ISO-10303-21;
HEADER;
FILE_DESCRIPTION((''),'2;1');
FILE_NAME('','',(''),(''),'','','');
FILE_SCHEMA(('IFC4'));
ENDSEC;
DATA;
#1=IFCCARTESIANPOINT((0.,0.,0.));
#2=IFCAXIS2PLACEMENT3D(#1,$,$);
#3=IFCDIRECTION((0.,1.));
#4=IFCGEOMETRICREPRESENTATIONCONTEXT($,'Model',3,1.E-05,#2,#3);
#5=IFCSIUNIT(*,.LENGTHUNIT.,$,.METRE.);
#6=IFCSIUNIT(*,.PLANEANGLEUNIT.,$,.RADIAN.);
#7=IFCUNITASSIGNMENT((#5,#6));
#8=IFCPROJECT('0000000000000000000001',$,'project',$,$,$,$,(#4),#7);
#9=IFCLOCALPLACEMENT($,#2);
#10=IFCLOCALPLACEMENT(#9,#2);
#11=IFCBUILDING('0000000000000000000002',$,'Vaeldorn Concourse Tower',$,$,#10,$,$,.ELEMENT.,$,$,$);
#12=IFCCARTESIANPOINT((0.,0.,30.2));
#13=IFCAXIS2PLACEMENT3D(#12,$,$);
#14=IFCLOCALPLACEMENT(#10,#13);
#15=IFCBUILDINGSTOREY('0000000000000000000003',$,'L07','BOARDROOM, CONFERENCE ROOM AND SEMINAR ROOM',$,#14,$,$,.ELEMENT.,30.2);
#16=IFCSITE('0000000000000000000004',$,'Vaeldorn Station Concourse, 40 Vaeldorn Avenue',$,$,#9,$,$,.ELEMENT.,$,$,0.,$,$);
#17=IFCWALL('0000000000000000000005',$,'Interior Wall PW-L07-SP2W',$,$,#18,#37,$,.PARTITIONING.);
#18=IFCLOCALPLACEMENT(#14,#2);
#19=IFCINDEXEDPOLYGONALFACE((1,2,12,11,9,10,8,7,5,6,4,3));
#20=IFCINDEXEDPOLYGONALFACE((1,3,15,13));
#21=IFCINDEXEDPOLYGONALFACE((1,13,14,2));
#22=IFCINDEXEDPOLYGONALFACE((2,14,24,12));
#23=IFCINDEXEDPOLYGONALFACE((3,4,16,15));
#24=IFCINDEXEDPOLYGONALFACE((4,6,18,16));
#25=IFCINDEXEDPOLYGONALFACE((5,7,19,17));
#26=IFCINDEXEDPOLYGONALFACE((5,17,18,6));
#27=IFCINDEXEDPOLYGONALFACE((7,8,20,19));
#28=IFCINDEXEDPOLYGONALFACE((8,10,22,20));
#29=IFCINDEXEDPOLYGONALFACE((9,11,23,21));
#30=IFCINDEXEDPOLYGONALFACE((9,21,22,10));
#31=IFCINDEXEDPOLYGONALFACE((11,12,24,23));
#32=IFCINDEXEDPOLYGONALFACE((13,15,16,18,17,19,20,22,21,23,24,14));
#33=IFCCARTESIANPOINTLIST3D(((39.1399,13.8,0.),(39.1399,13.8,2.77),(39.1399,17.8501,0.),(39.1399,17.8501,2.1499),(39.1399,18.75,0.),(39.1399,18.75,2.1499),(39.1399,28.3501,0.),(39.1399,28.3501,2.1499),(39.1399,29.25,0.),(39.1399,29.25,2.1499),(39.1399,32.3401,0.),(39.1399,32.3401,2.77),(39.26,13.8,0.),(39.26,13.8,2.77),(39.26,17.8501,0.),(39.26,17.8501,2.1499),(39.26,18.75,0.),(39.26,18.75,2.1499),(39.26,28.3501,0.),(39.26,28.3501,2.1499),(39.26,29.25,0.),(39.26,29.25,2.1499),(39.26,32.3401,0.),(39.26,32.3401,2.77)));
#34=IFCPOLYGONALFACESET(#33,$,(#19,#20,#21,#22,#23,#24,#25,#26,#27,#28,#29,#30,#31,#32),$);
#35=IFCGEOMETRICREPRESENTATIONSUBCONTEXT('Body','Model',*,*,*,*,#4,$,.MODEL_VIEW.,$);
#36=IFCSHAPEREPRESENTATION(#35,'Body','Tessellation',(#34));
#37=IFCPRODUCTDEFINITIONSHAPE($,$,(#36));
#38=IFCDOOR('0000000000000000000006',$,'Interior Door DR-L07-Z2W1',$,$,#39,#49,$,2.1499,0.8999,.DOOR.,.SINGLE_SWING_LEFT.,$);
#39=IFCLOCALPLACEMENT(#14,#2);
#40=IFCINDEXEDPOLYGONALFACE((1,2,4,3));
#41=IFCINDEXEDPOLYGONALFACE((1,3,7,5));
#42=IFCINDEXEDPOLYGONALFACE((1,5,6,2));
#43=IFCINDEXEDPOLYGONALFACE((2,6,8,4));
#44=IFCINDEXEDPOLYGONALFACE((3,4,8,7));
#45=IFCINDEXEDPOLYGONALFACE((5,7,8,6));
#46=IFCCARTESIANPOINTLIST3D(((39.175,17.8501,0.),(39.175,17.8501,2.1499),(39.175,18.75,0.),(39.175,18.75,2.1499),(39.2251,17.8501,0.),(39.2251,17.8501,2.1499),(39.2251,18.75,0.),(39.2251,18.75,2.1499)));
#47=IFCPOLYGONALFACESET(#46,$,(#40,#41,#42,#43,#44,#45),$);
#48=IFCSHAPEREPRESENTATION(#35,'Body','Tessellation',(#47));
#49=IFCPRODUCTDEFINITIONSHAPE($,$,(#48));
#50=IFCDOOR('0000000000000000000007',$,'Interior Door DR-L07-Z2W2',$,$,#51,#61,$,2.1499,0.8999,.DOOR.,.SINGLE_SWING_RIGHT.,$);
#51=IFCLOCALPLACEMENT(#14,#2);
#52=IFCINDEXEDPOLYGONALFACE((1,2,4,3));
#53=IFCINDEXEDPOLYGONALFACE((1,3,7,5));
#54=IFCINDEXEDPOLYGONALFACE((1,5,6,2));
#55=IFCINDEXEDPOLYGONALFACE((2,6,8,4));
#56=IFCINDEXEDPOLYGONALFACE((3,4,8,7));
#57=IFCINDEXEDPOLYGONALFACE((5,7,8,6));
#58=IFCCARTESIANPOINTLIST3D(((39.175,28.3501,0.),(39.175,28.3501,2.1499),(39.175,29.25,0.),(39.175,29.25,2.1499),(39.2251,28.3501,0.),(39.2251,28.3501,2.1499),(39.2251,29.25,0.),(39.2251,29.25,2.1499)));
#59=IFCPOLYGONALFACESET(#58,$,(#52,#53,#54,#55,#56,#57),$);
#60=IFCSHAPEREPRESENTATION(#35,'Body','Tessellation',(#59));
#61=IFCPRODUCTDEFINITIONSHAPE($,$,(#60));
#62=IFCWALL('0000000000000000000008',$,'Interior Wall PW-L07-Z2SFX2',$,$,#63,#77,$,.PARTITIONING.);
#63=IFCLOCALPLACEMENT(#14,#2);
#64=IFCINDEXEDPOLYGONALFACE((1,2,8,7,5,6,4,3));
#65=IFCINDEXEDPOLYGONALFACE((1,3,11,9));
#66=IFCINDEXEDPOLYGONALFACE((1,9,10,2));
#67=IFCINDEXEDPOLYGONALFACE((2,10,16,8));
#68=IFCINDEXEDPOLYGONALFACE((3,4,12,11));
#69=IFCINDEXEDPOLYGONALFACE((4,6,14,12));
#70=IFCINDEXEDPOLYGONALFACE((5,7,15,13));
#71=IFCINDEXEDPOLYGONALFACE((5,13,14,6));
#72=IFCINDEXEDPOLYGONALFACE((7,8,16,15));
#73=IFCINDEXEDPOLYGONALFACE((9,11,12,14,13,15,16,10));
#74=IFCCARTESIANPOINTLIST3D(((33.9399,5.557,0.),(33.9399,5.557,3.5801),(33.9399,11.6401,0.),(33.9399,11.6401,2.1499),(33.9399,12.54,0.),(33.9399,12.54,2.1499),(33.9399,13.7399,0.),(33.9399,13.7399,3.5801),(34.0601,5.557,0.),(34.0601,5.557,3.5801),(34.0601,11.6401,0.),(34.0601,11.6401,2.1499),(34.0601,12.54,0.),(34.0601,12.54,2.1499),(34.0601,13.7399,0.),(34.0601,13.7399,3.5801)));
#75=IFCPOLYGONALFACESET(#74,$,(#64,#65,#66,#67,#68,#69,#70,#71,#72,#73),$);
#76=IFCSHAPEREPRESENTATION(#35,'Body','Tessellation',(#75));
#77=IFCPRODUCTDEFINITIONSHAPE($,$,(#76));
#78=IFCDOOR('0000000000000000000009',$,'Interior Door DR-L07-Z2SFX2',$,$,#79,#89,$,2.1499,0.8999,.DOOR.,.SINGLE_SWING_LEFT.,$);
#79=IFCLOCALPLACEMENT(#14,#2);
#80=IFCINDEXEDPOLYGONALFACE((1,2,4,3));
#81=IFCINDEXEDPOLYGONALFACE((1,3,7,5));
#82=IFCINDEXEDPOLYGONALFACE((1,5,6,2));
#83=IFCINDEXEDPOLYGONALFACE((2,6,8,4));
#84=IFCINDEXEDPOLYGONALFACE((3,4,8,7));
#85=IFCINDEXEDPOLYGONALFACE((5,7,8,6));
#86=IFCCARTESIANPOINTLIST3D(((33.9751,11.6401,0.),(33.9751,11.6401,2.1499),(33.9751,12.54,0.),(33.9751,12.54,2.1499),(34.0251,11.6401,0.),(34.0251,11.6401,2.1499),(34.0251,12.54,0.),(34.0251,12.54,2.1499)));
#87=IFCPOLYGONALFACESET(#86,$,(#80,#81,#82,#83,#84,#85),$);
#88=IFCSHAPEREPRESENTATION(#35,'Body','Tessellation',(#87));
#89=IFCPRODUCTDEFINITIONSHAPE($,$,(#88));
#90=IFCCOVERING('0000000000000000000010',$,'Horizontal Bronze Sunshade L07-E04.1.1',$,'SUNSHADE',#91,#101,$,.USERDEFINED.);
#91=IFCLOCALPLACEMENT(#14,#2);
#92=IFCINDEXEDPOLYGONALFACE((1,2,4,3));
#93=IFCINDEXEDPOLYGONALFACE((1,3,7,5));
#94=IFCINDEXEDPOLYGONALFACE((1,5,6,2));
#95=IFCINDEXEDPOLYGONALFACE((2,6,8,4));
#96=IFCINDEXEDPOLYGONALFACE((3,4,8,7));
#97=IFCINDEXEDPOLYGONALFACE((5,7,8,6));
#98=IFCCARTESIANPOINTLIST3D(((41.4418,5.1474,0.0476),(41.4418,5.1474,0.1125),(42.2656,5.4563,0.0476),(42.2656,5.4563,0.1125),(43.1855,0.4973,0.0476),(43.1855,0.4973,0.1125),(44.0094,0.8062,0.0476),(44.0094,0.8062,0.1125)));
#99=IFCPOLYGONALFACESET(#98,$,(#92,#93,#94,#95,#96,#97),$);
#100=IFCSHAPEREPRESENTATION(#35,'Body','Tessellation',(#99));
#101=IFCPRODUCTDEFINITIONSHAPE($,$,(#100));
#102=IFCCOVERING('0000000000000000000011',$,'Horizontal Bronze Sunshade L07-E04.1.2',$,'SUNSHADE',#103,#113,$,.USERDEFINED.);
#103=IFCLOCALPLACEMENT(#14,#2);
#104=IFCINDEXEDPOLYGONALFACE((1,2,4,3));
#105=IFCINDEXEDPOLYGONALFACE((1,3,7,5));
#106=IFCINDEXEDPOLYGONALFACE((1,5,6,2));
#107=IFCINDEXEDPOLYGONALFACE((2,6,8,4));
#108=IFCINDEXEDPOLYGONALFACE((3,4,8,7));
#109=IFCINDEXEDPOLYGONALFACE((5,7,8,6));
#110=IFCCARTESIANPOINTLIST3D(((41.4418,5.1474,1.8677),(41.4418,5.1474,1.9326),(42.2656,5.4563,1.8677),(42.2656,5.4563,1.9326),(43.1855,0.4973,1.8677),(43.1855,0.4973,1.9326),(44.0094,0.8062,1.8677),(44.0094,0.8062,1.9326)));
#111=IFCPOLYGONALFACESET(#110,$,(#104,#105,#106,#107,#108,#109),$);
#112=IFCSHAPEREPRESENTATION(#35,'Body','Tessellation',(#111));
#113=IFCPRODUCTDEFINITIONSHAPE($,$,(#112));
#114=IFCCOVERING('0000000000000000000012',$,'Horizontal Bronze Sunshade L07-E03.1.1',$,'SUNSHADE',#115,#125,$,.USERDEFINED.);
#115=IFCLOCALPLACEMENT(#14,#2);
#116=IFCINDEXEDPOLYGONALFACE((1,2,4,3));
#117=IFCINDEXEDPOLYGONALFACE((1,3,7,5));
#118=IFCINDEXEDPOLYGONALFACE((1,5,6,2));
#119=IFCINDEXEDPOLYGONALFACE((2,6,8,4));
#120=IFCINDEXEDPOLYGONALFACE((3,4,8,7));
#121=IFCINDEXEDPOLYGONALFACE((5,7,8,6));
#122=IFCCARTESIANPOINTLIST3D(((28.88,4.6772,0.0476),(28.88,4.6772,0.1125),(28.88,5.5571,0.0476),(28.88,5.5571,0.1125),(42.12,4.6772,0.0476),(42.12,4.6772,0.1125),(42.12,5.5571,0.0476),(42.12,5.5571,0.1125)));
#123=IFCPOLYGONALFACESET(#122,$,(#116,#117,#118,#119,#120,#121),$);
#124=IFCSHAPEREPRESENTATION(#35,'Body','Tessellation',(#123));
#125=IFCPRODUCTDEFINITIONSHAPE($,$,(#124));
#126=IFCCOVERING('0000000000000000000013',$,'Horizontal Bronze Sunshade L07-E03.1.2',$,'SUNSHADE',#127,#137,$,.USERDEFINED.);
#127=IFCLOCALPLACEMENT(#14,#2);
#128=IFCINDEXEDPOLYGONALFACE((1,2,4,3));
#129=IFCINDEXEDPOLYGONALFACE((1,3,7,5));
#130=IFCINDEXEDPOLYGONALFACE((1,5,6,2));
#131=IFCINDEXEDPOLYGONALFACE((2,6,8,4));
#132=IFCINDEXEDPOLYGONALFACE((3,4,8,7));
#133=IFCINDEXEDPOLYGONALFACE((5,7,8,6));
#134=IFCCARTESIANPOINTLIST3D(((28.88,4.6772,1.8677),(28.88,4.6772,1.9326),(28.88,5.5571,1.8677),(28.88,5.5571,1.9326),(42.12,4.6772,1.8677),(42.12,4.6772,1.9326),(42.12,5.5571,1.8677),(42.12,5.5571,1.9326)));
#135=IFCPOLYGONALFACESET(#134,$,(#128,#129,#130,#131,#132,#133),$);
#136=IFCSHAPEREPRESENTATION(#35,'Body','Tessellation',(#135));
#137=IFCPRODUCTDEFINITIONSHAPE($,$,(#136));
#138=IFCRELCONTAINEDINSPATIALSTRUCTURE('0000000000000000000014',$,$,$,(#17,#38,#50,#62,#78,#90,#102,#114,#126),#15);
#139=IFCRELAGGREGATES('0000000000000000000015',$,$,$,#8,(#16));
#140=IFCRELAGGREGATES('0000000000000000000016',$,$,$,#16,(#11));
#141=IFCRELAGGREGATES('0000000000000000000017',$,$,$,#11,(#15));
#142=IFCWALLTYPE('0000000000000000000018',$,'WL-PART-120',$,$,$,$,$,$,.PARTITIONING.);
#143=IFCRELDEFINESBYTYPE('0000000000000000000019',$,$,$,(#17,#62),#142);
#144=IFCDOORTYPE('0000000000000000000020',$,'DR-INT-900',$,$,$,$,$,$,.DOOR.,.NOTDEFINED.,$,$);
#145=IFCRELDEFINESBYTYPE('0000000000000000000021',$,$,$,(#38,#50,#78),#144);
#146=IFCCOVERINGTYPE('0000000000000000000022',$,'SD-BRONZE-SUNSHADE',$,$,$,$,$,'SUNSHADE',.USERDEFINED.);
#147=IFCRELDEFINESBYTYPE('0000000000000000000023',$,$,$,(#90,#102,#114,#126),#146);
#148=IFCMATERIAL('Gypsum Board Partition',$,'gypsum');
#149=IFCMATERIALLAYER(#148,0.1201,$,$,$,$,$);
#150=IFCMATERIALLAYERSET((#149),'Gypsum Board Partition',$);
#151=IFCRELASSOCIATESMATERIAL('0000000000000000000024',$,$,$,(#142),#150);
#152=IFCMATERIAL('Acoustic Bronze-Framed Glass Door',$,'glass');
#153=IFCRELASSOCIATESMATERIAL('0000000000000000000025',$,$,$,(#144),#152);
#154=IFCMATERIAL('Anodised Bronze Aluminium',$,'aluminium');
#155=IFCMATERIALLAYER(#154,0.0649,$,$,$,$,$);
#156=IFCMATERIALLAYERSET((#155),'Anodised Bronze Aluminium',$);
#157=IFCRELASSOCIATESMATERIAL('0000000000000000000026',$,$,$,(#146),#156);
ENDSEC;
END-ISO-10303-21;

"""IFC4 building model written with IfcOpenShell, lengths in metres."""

from ifc_helpers import new_model, si_unit, direction, frame, frame_2d, origin, origin_2d, place, context, subcontext, project, spatial, rectangle, extrude, source, transform, mapped, material, layer, layer_set, type_object, element, fill, save


model = new_model("IFC4")

# Units and contexts
model_context = context("Model", 3, precision=1e-05, world=origin(), true_north=direction((0.0, 1.0)))
body_context = subcontext(model_context, "Body", "Model", "MODEL_VIEW")
ifc_project = project(units=[si_unit("LENGTHUNIT", "METRE"), si_unit("PLANEANGLEUNIT", "RADIAN")], contexts=[model_context])

# Site, building, storey
site_placement = place(None, origin())
site = spatial("IfcSite", under=ifc_project, at=site_placement, Name="Vaeldorn Station Concourse, 40 Vaeldorn Avenue", CompositionType="ELEMENT", RefElevation=0.0)
building_placement = place(site_placement, origin())
building = spatial("IfcBuilding", under=site, at=building_placement, Name="Vaeldorn Concourse Tower", CompositionType="ELEMENT")
storey_placement = place(building_placement, frame((0.0, 0.0, 30.2)))
storey = spatial("IfcBuildingStorey", under=building, at=storey_placement, Name="L07", Description="BOARDROOM, CONFERENCE ROOM AND SEMINAR ROOM", CompositionType="ELEMENT", Elevation=30.2)

# Shared definitions
ifc_material_1 = material(Name="Anodised Bronze Aluminium", Category="aluminium")

# Wall, openings, doors
ifc_material_2 = material(Name="Gypsum Board Partition", Category="gypsum")
ifc_layer_1 = layer(ifc_material_2, 0.1201)
ifc_layer_set_1 = layer_set([ifc_layer_1], Name="Gypsum Board Partition")
wall_type = type_object("IfcWallType", Name="WL-PART-120", PredefinedType="PARTITIONING", material=ifc_layer_set_1)
wall_1_placement = place(storey_placement, frame((39.2, 13.8, 0.0), z_axis=(0.0, 0.0, 1.0), x_axis=(0.0, 1.0, 0.0)))
wall_1 = element("IfcWall", 1, at=wall_1_placement, inside=storey, type_object=wall_type, Name="Interior Wall PW-L07-SP2W", PredefinedType="PARTITIONING", context=body_context, shape_type="SweptSolid", body=[
    extrude(rectangle(XDim=18.54, YDim=0.1201, at=frame_2d((9.27, 0.0))), origin(), (0.0, 0.0, 1.0), 2.77),
])
opening_1_placement = place(wall_1_placement, frame((4.05, 0.0, 0.0)))
opening_1 = element("IfcOpeningElement", 2, at=opening_1_placement, cuts=wall_1, PredefinedType="OPENING", context=body_context, shape_type="SweptSolid", body=[
    extrude(rectangle(XDim=0.8999, YDim=2.1499, at=frame_2d((0.45, 1.075))), frame((0.0, 0.0701, 0.0), z_axis=(0.0, -1.0, 0.0), x_axis=(1.0, 0.0, 0.0)), (0.0, 0.0, 1.0), 0.1401),
])
opening_2_placement = place(wall_1_placement, frame((14.55, 0.0, 0.0)))
opening_2 = element("IfcOpeningElement", 3, at=opening_2_placement, cuts=wall_1, PredefinedType="OPENING", context=body_context, shape_type="SweptSolid", body=[
    extrude(rectangle(XDim=0.8999, YDim=2.1499, at=frame_2d((0.45, 1.075))), frame((0.0, 0.0701, 0.0), z_axis=(0.0, -1.0, 0.0), x_axis=(1.0, 0.0, 0.0)), (0.0, 0.0, 1.0), 0.1401),
])
ifc_material_3 = material(Name="Acoustic Bronze-Framed Glass Door", Category="glass")
door_type = type_object("IfcDoorType", Name="DR-INT-900", OperationType="NOTDEFINED", PredefinedType="DOOR", material=ifc_material_3)
shared_shape_1 = source(origin(), body_context, "Body", "SweptSolid", [
    extrude(rectangle(XDim=0.8999, YDim=2.1499, at=frame_2d((0.45, 1.075))), frame((0.0, 0.0249, 0.0), z_axis=(0.0, -1.0, 0.0), x_axis=(1.0, 0.0, 0.0)), (0.0, 0.0, 1.0), 0.05),
])
door_1_placement = place(opening_1_placement, origin())
door_1 = element("IfcDoor", 4, at=door_1_placement, inside=storey, type_object=door_type, Name="Interior Door DR-L07-Z2W1", OperationType="SINGLE_SWING_LEFT", OverallHeight=2.1499, OverallWidth=0.8999, PredefinedType="DOOR", context=body_context, shape_type="MappedRepresentation", body=[
    mapped(shared_shape_1, transform((0.0, 0.0, 0.0), scale=1.0)),
])
fill(opening_1, door_1)
door_2_placement = place(opening_2_placement, origin())
door_2 = element("IfcDoor", 5, at=door_2_placement, inside=storey, type_object=door_type, Name="Interior Door DR-L07-Z2W2", OperationType="SINGLE_SWING_RIGHT", OverallHeight=2.1499, OverallWidth=0.8999, PredefinedType="DOOR", context=body_context, shape_type="MappedRepresentation", body=[
    mapped(shared_shape_1, transform((0.0, 0.0, 0.0), scale=1.0)),
])
fill(opening_2, door_2)

# Wall, opening, door
wall_2_placement = place(storey_placement, frame((34.0, 5.5571, 0.0), z_axis=(0.0, 0.0, 1.0), x_axis=(0.0, 1.0, 0.0)))
wall_2 = element("IfcWall", 6, at=wall_2_placement, inside=storey, type_object=wall_type, Name="Interior Wall PW-L07-Z2SFX2", PredefinedType="PARTITIONING", context=body_context, shape_type="SweptSolid", body=[
    extrude(rectangle(XDim=8.1829, YDim=0.1201, at=frame_2d((4.0913, 0.0))), origin(), (0.0, 0.0, 1.0), 3.5801),
])
opening_3_placement = place(wall_2_placement, frame((6.083, 0.0, 0.0)))
opening_3 = element("IfcOpeningElement", 7, at=opening_3_placement, cuts=wall_2, PredefinedType="OPENING", context=body_context, shape_type="SweptSolid", body=[
    extrude(rectangle(XDim=0.8999, YDim=2.1499, at=frame_2d((0.45, 1.075))), frame((0.0, 0.0701, 0.0), z_axis=(0.0, -1.0, 0.0), x_axis=(1.0, 0.0, 0.0)), (0.0, 0.0, 1.0), 0.1401),
])
door_3_placement = place(opening_3_placement, origin())
door_3 = element("IfcDoor", 8, at=door_3_placement, inside=storey, type_object=door_type, Name="Interior Door DR-L07-Z2SFX2", OperationType="SINGLE_SWING_LEFT", OverallHeight=2.1499, OverallWidth=0.8999, PredefinedType="DOOR", context=body_context, shape_type="MappedRepresentation", body=[
    mapped(shared_shape_1, transform((0.0, 0.0, 0.0), scale=1.0)),
])
fill(opening_3, door_3)

# Coverings
ifc_layer_2 = layer(ifc_material_1, 0.0649)
ifc_layer_set_2 = layer_set([ifc_layer_2], Name="Anodised Bronze Aluminium")
covering_type = type_object("IfcCoveringType", Name="SD-BRONZE-SUNSHADE", ElementType="SUNSHADE", PredefinedType="USERDEFINED", material=ifc_layer_set_2)
shared_shape_2 = source(origin(), body_context, "Body", "SweptSolid", [
    extrude(rectangle(XDim=4.9663, YDim=0.8799, at=origin_2d()), origin(), (0.0, 0.0, 1.0), 0.0649),
])
for number, where, z_axis, x_axis, name in (
    (9, (42.7256, 2.9768, 0.0476), (0.0, 0.0, 1.0), (0.351123, -0.936329, 0.0), "Horizontal Bronze Sunshade L07-E04.1.1"),
    (10, (42.7256, 2.9768, 1.8677), (0.0, 0.0, 1.0), (0.351123, -0.936329, 0.0), "Horizontal Bronze Sunshade L07-E04.1.2"),
):
    element("IfcCovering", number, at=place(storey_placement, frame(where, z_axis=z_axis, x_axis=x_axis)), inside=storey, type_object=covering_type, Name=name, ObjectType="SUNSHADE", PredefinedType="USERDEFINED", context=body_context, shape_type="MappedRepresentation", body=[
        mapped(shared_shape_2, transform((0.0, 0.0, 0.0), scale=1.0)),
    ])
shared_shape_3 = source(origin(), body_context, "Body", "SweptSolid", [
    extrude(rectangle(XDim=13.24, YDim=0.8799, at=origin_2d()), origin(), (0.0, 0.0, 1.0), 0.0649),
])
for number, where, z_axis, x_axis, name in (
    (11, (35.5, 5.1172, 0.0476), (0.0, 0.0, 1.0), (1.0, 0.0, 0.0), "Horizontal Bronze Sunshade L07-E03.1.1"),
    (12, (35.5, 5.1172, 1.8677), (0.0, 0.0, 1.0), (1.0, 0.0, 0.0), "Horizontal Bronze Sunshade L07-E03.1.2"),
):
    element("IfcCovering", number, at=place(storey_placement, frame(where, z_axis=z_axis, x_axis=x_axis)), inside=storey, type_object=covering_type, Name=name, ObjectType="SUNSHADE", PredefinedType="USERDEFINED", context=body_context, shape_type="MappedRepresentation", body=[
        mapped(shared_shape_3, transform((0.0, 0.0, 0.0), scale=1.0)),
    ])

save(model, "model.ifc")
